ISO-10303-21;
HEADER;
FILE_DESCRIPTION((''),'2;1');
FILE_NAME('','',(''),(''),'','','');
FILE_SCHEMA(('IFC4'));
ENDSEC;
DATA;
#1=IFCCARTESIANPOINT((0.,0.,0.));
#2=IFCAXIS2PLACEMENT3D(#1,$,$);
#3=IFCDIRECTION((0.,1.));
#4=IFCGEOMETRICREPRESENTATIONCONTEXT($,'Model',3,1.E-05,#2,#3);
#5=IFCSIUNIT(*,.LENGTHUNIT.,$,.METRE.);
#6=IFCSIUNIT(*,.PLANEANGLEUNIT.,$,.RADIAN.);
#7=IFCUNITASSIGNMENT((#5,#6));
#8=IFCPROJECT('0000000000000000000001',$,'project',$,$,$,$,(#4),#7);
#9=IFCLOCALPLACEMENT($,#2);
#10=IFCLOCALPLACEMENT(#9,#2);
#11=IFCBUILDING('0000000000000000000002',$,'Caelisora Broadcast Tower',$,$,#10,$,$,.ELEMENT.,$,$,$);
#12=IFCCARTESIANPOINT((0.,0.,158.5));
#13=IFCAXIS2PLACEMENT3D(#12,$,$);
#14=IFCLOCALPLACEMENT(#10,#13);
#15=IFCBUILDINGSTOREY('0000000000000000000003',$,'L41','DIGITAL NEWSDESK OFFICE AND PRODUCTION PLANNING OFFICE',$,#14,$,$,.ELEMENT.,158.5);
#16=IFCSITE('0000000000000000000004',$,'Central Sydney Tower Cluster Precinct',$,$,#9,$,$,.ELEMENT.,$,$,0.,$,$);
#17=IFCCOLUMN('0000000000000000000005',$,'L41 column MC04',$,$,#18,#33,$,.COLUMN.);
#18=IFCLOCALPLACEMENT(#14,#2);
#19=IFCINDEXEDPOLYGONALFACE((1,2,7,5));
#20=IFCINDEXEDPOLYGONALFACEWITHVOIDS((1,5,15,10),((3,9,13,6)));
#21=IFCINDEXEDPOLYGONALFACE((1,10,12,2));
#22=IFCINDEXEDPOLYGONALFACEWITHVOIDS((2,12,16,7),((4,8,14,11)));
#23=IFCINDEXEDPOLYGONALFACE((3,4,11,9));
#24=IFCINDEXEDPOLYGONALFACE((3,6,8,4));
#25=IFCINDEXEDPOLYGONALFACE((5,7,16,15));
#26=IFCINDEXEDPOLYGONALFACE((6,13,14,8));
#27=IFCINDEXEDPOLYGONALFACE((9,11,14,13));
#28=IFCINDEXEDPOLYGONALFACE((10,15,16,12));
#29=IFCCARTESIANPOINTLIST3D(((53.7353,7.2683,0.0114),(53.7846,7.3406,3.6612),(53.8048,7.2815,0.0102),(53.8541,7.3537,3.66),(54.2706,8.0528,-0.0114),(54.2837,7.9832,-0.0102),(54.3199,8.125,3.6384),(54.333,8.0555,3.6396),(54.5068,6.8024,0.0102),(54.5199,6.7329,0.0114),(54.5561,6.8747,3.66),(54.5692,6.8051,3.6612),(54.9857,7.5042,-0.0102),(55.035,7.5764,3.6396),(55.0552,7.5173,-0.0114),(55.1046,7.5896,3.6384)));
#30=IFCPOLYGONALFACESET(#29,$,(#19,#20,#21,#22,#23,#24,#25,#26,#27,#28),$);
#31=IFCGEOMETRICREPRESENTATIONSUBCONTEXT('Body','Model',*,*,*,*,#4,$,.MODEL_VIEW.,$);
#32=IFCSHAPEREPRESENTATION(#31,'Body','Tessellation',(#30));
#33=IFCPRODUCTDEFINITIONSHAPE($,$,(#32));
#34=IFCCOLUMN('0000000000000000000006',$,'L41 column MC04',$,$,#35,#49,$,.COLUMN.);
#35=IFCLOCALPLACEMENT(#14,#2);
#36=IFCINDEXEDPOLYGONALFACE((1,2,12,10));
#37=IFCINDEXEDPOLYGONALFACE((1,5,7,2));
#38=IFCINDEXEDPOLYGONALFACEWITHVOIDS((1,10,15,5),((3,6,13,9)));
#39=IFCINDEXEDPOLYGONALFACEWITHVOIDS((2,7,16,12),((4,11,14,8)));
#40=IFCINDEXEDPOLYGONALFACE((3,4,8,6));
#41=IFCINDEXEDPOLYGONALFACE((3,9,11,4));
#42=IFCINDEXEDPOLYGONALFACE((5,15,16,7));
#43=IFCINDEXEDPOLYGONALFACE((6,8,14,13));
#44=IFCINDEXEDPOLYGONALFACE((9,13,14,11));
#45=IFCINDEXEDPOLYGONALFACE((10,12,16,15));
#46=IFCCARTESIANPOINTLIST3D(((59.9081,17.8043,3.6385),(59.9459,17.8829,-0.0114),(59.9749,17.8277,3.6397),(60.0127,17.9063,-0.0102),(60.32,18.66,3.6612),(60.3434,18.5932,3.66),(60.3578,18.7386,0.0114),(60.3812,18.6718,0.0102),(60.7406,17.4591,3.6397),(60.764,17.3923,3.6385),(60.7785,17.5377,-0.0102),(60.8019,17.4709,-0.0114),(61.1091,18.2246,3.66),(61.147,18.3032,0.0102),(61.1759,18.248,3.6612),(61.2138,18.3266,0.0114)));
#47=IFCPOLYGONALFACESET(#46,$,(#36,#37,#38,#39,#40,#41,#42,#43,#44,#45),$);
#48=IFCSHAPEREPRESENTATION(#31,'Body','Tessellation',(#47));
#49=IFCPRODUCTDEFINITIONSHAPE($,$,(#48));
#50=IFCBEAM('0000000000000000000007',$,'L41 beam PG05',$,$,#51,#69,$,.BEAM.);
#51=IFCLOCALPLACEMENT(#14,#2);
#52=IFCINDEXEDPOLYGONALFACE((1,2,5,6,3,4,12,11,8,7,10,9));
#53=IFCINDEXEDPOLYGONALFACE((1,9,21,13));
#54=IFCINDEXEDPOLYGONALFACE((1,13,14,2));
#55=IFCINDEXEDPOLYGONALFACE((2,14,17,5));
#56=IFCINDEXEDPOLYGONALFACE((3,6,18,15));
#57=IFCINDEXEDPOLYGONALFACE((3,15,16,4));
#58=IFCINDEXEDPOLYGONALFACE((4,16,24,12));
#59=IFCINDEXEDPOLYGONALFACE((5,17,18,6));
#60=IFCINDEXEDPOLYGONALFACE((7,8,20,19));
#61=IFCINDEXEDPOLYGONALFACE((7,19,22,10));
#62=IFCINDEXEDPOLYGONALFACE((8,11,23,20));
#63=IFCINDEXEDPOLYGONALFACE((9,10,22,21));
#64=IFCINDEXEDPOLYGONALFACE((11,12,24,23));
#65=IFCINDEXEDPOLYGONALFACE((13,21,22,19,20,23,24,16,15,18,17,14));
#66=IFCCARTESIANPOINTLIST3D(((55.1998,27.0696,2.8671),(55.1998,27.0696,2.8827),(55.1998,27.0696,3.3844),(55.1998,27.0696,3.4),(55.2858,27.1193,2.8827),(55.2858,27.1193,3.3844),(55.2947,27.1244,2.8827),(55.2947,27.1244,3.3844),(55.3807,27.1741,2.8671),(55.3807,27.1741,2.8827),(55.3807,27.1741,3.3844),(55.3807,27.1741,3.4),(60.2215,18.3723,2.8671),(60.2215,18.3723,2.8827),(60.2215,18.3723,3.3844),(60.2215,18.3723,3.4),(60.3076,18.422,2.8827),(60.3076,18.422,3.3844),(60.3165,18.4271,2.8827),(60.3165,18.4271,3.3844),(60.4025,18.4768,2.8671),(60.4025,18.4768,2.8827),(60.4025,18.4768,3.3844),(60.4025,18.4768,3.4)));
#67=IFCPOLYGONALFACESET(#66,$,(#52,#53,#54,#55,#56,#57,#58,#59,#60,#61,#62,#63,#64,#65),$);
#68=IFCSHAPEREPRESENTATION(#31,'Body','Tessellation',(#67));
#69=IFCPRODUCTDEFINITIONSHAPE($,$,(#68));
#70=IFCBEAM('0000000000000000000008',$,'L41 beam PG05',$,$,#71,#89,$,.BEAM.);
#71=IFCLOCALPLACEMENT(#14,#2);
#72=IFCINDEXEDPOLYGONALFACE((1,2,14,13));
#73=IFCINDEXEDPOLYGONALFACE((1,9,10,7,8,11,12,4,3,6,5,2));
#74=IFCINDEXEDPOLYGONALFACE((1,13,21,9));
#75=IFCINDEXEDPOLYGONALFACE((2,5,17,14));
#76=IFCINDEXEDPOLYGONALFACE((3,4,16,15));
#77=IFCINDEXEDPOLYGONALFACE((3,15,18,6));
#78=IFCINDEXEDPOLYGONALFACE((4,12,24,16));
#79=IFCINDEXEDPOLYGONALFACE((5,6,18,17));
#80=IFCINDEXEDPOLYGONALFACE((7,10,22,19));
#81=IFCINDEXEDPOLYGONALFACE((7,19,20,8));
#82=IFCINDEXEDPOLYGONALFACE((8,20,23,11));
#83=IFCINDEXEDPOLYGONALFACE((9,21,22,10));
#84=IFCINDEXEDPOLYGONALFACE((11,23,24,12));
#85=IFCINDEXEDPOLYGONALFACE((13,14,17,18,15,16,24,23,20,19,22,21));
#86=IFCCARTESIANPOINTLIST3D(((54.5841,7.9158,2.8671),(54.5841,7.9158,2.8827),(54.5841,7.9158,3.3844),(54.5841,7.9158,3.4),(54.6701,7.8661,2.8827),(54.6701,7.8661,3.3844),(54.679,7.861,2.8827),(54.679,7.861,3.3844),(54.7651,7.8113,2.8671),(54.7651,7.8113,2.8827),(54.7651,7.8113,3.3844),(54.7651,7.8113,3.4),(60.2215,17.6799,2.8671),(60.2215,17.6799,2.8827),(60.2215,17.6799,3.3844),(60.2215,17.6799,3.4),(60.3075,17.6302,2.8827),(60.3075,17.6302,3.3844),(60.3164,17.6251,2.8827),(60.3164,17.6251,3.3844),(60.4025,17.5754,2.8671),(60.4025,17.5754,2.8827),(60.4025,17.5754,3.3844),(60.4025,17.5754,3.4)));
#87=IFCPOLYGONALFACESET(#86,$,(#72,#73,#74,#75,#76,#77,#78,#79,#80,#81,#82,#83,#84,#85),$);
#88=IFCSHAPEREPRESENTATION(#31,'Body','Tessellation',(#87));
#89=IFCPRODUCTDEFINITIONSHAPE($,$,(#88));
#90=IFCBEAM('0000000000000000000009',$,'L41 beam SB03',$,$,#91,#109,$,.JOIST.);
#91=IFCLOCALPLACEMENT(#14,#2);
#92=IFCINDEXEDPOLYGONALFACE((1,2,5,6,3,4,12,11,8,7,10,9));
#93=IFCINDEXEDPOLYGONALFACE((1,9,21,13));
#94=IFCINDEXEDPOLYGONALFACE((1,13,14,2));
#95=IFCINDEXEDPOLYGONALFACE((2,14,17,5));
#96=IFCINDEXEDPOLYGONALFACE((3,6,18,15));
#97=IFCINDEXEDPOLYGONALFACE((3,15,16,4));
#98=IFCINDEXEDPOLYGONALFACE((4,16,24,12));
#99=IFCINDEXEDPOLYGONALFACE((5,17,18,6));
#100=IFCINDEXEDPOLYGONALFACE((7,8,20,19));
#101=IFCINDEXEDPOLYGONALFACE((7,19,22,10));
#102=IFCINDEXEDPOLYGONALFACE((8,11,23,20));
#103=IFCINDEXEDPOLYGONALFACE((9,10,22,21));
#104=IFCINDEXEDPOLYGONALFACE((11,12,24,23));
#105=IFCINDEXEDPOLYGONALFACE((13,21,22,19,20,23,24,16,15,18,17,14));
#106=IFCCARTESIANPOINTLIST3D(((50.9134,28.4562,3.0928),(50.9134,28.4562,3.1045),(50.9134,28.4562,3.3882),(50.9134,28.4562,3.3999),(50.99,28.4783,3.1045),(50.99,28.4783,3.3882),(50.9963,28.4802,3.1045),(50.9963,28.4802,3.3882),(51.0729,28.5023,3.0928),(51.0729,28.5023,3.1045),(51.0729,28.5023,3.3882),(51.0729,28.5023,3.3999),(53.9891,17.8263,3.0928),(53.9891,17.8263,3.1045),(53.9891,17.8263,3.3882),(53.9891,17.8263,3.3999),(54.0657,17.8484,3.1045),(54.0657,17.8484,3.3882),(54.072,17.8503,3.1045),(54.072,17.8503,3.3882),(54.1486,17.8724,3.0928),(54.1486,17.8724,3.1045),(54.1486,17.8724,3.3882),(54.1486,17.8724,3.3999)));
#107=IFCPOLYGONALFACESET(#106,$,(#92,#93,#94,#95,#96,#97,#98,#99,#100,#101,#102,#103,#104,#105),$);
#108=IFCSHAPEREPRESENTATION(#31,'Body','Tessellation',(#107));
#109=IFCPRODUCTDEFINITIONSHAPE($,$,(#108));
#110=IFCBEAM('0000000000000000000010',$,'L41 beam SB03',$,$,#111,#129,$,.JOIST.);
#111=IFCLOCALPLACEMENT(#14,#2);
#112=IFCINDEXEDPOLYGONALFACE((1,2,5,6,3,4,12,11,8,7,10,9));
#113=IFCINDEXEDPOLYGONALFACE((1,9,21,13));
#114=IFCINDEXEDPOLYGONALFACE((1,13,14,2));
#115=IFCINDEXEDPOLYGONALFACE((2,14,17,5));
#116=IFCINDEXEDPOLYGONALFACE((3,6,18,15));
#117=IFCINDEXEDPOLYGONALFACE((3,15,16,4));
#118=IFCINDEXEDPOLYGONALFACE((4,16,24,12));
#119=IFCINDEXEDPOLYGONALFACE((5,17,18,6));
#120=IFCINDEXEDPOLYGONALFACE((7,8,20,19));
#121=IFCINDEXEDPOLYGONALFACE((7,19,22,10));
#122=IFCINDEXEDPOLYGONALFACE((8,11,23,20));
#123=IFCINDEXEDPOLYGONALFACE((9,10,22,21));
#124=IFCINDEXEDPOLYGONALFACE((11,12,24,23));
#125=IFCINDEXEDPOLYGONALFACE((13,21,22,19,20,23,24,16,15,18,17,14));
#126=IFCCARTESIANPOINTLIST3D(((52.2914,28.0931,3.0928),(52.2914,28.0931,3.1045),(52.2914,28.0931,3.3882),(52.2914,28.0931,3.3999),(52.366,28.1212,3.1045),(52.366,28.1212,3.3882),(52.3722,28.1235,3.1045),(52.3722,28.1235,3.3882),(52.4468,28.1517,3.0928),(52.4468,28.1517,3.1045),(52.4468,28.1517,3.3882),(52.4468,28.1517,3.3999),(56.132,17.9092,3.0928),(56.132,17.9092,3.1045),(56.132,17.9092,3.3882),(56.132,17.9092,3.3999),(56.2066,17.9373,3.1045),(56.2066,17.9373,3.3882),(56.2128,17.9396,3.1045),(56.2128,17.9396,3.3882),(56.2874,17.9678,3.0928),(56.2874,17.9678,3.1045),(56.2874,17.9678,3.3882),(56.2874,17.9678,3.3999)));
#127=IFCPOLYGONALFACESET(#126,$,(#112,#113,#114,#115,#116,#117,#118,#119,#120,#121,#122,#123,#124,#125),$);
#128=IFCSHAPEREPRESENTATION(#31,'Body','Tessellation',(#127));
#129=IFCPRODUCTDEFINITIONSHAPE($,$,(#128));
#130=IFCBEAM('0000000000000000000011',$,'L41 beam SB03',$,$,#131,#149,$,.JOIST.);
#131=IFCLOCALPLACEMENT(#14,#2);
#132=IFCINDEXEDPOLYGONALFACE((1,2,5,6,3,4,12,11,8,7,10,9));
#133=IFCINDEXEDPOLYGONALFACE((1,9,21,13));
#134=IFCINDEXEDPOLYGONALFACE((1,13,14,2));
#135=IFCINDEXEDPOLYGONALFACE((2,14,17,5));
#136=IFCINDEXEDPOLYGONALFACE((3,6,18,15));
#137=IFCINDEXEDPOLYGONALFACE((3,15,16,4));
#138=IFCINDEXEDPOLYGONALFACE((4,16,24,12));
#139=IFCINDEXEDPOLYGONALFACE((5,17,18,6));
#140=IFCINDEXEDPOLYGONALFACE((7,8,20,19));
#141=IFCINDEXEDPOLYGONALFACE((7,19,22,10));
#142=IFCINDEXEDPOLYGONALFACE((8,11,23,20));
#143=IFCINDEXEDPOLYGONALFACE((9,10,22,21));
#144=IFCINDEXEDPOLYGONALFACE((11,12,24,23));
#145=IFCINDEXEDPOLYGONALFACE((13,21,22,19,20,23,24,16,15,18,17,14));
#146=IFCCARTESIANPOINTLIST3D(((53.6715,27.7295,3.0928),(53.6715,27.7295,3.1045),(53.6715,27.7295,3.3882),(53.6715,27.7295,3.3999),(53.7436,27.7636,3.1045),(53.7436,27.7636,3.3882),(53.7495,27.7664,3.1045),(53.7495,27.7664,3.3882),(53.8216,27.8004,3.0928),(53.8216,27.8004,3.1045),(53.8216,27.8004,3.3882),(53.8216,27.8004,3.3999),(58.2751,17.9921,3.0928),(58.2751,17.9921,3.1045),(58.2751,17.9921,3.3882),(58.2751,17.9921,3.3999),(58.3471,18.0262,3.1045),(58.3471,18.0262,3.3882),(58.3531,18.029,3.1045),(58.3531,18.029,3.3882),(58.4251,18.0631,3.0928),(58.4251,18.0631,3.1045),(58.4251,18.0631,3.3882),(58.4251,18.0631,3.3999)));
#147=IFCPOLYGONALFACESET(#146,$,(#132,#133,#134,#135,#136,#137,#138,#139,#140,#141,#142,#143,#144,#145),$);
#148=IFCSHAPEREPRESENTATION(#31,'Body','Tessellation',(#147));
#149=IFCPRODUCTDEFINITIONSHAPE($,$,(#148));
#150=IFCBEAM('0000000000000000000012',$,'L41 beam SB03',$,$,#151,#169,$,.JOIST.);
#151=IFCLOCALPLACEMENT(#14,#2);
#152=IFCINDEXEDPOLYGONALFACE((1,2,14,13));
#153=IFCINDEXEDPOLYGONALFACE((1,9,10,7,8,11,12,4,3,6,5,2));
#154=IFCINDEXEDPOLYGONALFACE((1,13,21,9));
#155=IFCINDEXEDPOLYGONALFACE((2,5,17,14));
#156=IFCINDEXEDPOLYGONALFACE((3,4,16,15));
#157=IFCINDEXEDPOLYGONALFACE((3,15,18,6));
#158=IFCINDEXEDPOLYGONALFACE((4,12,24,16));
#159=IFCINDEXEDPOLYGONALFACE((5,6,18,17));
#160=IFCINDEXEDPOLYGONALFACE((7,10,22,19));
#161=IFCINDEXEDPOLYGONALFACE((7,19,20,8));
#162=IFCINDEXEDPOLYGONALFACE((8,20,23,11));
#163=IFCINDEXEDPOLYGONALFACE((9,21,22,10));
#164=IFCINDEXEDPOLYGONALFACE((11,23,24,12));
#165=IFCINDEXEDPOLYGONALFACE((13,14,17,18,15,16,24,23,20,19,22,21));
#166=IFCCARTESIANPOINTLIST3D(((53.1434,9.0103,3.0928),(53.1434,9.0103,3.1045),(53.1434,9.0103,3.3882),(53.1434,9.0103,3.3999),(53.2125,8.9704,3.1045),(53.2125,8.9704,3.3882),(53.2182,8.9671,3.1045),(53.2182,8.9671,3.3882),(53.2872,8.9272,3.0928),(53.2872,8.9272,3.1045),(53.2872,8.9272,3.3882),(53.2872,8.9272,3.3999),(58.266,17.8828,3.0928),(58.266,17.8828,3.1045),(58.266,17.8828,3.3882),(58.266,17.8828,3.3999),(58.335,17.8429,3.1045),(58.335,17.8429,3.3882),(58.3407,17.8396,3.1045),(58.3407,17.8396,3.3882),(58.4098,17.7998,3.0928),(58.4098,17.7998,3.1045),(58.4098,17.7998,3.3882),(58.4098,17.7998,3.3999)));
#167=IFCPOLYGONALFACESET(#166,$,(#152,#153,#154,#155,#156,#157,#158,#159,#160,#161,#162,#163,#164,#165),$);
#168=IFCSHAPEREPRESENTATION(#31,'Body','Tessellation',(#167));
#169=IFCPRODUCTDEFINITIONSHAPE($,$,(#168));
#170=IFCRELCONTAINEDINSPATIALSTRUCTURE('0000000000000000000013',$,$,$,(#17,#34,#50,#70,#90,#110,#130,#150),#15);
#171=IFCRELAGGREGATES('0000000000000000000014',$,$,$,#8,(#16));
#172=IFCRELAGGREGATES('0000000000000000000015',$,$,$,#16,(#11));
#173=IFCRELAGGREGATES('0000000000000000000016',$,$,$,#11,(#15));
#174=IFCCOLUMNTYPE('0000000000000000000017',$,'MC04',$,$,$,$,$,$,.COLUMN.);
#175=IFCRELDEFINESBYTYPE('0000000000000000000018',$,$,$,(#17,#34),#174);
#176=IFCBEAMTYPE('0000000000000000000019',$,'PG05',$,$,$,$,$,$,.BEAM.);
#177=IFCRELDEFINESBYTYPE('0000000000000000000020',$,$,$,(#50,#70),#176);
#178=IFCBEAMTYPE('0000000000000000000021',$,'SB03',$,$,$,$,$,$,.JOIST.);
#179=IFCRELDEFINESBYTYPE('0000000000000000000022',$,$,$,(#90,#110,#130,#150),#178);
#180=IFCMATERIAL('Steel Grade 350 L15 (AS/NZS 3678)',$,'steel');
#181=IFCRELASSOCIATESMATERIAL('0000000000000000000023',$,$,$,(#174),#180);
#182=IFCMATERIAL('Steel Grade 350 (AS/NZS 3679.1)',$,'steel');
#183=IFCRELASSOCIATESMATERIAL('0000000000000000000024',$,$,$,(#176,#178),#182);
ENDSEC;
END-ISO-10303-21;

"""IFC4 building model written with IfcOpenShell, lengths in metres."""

from ifc_helpers import new_model, si_unit, direction, frame, origin, origin_2d, place, context, subcontext, project, spatial, hollow_rectangle, i_section, extrude, source, transform, mapped, material, material_profile, profile_set, type_object, type_shapes, element, save


model = new_model("IFC4")

# Units and contexts
model_context = context("Model", 3, precision=1e-05, world=origin(), true_north=direction((0.0, 1.0)))
body_context = subcontext(model_context, "Body", "Model", "MODEL_VIEW")
ifc_project = project(units=[si_unit("LENGTHUNIT", "METRE"), si_unit("PLANEANGLEUNIT", "RADIAN")], contexts=[model_context])

# Site, building, storey
site_placement = place(None, origin())
site = spatial("IfcSite", under=ifc_project, at=site_placement, Name="Central Sydney Tower Cluster Precinct", CompositionType="ELEMENT", RefElevation=0.0)
building_placement = place(site_placement, origin())
building = spatial("IfcBuilding", under=site, at=building_placement, Name="Caelisora Broadcast Tower", CompositionType="ELEMENT")
storey_placement = place(building_placement, frame((0.0, 0.0, 158.5)))
storey = spatial("IfcBuildingStorey", under=building, at=storey_placement, Name="L41", Description="DIGITAL NEWSDESK OFFICE AND PRODUCTION PLANNING OFFICE", CompositionType="ELEMENT", Elevation=158.5)

# Columns
ifc_material_1 = material(Name="Steel Grade 350 L15 (AS/NZS 3678)", Category="steel")
ifc_material_profile_1 = material_profile(ifc_material_1, hollow_rectangle(XDim=0.95, YDim=0.95, WallThickness=0.05, at=origin_2d()), Name="Steel Grade 350 L15 (AS/NZS 3678)")
ifc_profile_set_1 = profile_set([ifc_material_profile_1], Name="Steel Grade 350 L15 (AS/NZS 3678)")
column_type = type_object("IfcColumnType", Name="MC04", PredefinedType="COLUMN", material=ifc_profile_set_1)
shared_shape_1 = source(origin(), body_context, "Body", "SweptSolid", [
    extrude(hollow_rectangle(XDim=0.95, YDim=0.95, WallThickness=0.05, at=origin_2d()), origin(), (0.0, 0.0, 1.0), 3.6509),
])
type_shapes(column_type, [shared_shape_1])
for number, where, z_axis, x_axis, name in (
    (1, (54.3953, 7.3928, 0.0), (0.013508, 0.019794, 0.999713), (-0.825991, 0.563683, 0.0), "L41 column MC04"),
    (2, (60.5798, 18.1047, 0.0), (-0.010365, -0.021532, 0.999714), (0.901042, -0.433731, 0.0), "L41 column MC04"),
):
    element("IfcColumn", number, at=place(storey_placement, frame(where, z_axis=z_axis, x_axis=x_axis)), inside=storey, type_object=column_type, Name=name, PredefinedType="COLUMN", context=body_context, shape_type="MappedRepresentation", body=[
        mapped(shared_shape_1, transform((0.0, 0.0, 0.0), scale=1.0)),
    ])

# Beams
ifc_material_2 = material(Name="Steel Grade 350 (AS/NZS 3679.1)", Category="steel")
ifc_material_profile_2 = material_profile(ifc_material_2, i_section(OverallWidth=0.209, OverallDepth=0.533, WebThickness=0.0103, FlangeThickness=0.0156, at=origin_2d()), Name="Steel Grade 350 (AS/NZS 3679.1)")
ifc_profile_set_2 = profile_set([ifc_material_profile_2], Name="Steel Grade 350 (AS/NZS 3679.1)")
beam_type_1 = type_object("IfcBeamType", Name="PG05", PredefinedType="BEAM", material=ifc_profile_set_2)
shared_shape_2 = source(origin(), body_context, "Body", "SweptSolid", [
    extrude(i_section(OverallWidth=0.209, OverallDepth=0.533, WebThickness=0.0103, FlangeThickness=0.0156, at=origin_2d()), origin(), (0.0, 0.0, 1.0), 10.043),
])
beam_1_placement = place(storey_placement, frame((60.312, 18.4246, 3.1335), z_axis=(-0.500027, 0.86601, 0.0), x_axis=(-0.86601, -0.500027, 0.0)))
element("IfcBeam", 3, at=beam_1_placement, inside=storey, type_object=beam_type_1, Name="L41 beam PG05", PredefinedType="BEAM", context=body_context, shape_type="MappedRepresentation", body=[
    mapped(shared_shape_2, transform((0.0, 0.0, 0.0), scale=1.0)),
])
shared_shape_3 = source(origin(), body_context, "Body", "SweptSolid", [
    extrude(i_section(OverallWidth=0.209, OverallDepth=0.533, WebThickness=0.0103, FlangeThickness=0.0156, at=origin_2d()), origin(), (0.0, 0.0, 1.0), 11.2747),
])
type_shapes(beam_type_1, [shared_shape_2, shared_shape_3])
beam_2_placement = place(storey_placement, frame((54.6746, 7.8635, 3.1335), z_axis=(0.500007, 0.866021, 0.0), x_axis=(-0.866021, 0.500007, 0.0)))
element("IfcBeam", 4, at=beam_2_placement, inside=storey, type_object=beam_type_1, Name="L41 beam PG05", PredefinedType="BEAM", context=body_context, shape_type="MappedRepresentation", body=[
    mapped(shared_shape_3, transform((0.0, 0.0, 0.0), scale=1.0)),
])
ifc_material_profile_3 = material_profile(ifc_material_2, i_section(OverallWidth=0.166, OverallDepth=0.3071, WebThickness=0.0066, FlangeThickness=0.0117, at=origin_2d()), Name="Steel Grade 350 (AS/NZS 3679.1)")
ifc_profile_set_3 = profile_set([ifc_material_profile_3], Name="Steel Grade 350 (AS/NZS 3679.1)")
beam_type_2 = type_object("IfcBeamType", Name="SB03", PredefinedType="JOIST", material=ifc_profile_set_3)
shared_shape_4 = source(origin(), body_context, "Body", "SweptSolid", [
    extrude(i_section(OverallWidth=0.166, OverallDepth=0.3071, WebThickness=0.0066, FlangeThickness=0.0117, at=origin_2d()), origin(), (0.0, 0.0, 1.0), 11.0659),
])
beam_3_placement = place(storey_placement, frame((54.0688, 17.8494, 3.2463), z_axis=(-0.277942, 0.960598, 0.0), x_axis=(-0.960598, -0.277942, 0.0)))
element("IfcBeam", 5, at=beam_3_placement, inside=storey, type_object=beam_type_2, Name="L41 beam SB03", PredefinedType="JOIST", context=body_context, shape_type="MappedRepresentation", body=[
    mapped(shared_shape_4, transform((0.0, 0.0, 0.0), scale=1.0)),
])
shared_shape_5 = source(origin(), body_context, "Body", "SweptSolid", [
    extrude(i_section(OverallWidth=0.166, OverallDepth=0.3071, WebThickness=0.0066, FlangeThickness=0.0117, at=origin_2d()), origin(), (0.0, 0.0, 1.0), 10.884),
])
beam_4_placement = place(storey_placement, frame((56.2097, 17.9385, 3.2463), z_axis=(-0.352866, 0.935674, 0.0), x_axis=(-0.935674, -0.352866, 0.0)))
element("IfcBeam", 6, at=beam_4_placement, inside=storey, type_object=beam_type_2, Name="L41 beam SB03", PredefinedType="JOIST", context=body_context, shape_type="MappedRepresentation", body=[
    mapped(shared_shape_5, transform((0.0, 0.0, 0.0), scale=1.0)),
])
shared_shape_6 = source(origin(), body_context, "Body", "SweptSolid", [
    extrude(i_section(OverallWidth=0.166, OverallDepth=0.3071, WebThickness=0.0066, FlangeThickness=0.0117, at=origin_2d()), origin(), (0.0, 0.0, 1.0), 10.7708),
])
beam_5_placement = place(storey_placement, frame((58.3501, 18.0276, 3.2463), z_axis=(-0.427412, 0.904057, 0.0), x_axis=(-0.904057, -0.427412, 0.0)))
element("IfcBeam", 7, at=beam_5_placement, inside=storey, type_object=beam_type_2, Name="L41 beam SB03", PredefinedType="JOIST", context=body_context, shape_type="MappedRepresentation", body=[
    mapped(shared_shape_6, transform((0.0, 0.0, 0.0), scale=1.0)),
])
shared_shape_7 = source(origin(), body_context, "Body", "SweptSolid", [
    extrude(i_section(OverallWidth=0.166, OverallDepth=0.3071, WebThickness=0.0066, FlangeThickness=0.0117, at=origin_2d()), origin(), (0.0, 0.0, 1.0), 10.2451),
])
type_shapes(beam_type_2, [shared_shape_4, shared_shape_5, shared_shape_6, shared_shape_7])
beam_6_placement = place(storey_placement, frame((53.2153, 8.9688, 3.2463), z_axis=(0.499999, 0.866026, 0.0), x_axis=(-0.866026, 0.499999, 0.0)))
element("IfcBeam", 8, at=beam_6_placement, inside=storey, type_object=beam_type_2, Name="L41 beam SB03", PredefinedType="JOIST", context=body_context, shape_type="MappedRepresentation", body=[
    mapped(shared_shape_7, transform((0.0, 0.0, 0.0), scale=1.0)),
])

save(model, "model.ifc")
